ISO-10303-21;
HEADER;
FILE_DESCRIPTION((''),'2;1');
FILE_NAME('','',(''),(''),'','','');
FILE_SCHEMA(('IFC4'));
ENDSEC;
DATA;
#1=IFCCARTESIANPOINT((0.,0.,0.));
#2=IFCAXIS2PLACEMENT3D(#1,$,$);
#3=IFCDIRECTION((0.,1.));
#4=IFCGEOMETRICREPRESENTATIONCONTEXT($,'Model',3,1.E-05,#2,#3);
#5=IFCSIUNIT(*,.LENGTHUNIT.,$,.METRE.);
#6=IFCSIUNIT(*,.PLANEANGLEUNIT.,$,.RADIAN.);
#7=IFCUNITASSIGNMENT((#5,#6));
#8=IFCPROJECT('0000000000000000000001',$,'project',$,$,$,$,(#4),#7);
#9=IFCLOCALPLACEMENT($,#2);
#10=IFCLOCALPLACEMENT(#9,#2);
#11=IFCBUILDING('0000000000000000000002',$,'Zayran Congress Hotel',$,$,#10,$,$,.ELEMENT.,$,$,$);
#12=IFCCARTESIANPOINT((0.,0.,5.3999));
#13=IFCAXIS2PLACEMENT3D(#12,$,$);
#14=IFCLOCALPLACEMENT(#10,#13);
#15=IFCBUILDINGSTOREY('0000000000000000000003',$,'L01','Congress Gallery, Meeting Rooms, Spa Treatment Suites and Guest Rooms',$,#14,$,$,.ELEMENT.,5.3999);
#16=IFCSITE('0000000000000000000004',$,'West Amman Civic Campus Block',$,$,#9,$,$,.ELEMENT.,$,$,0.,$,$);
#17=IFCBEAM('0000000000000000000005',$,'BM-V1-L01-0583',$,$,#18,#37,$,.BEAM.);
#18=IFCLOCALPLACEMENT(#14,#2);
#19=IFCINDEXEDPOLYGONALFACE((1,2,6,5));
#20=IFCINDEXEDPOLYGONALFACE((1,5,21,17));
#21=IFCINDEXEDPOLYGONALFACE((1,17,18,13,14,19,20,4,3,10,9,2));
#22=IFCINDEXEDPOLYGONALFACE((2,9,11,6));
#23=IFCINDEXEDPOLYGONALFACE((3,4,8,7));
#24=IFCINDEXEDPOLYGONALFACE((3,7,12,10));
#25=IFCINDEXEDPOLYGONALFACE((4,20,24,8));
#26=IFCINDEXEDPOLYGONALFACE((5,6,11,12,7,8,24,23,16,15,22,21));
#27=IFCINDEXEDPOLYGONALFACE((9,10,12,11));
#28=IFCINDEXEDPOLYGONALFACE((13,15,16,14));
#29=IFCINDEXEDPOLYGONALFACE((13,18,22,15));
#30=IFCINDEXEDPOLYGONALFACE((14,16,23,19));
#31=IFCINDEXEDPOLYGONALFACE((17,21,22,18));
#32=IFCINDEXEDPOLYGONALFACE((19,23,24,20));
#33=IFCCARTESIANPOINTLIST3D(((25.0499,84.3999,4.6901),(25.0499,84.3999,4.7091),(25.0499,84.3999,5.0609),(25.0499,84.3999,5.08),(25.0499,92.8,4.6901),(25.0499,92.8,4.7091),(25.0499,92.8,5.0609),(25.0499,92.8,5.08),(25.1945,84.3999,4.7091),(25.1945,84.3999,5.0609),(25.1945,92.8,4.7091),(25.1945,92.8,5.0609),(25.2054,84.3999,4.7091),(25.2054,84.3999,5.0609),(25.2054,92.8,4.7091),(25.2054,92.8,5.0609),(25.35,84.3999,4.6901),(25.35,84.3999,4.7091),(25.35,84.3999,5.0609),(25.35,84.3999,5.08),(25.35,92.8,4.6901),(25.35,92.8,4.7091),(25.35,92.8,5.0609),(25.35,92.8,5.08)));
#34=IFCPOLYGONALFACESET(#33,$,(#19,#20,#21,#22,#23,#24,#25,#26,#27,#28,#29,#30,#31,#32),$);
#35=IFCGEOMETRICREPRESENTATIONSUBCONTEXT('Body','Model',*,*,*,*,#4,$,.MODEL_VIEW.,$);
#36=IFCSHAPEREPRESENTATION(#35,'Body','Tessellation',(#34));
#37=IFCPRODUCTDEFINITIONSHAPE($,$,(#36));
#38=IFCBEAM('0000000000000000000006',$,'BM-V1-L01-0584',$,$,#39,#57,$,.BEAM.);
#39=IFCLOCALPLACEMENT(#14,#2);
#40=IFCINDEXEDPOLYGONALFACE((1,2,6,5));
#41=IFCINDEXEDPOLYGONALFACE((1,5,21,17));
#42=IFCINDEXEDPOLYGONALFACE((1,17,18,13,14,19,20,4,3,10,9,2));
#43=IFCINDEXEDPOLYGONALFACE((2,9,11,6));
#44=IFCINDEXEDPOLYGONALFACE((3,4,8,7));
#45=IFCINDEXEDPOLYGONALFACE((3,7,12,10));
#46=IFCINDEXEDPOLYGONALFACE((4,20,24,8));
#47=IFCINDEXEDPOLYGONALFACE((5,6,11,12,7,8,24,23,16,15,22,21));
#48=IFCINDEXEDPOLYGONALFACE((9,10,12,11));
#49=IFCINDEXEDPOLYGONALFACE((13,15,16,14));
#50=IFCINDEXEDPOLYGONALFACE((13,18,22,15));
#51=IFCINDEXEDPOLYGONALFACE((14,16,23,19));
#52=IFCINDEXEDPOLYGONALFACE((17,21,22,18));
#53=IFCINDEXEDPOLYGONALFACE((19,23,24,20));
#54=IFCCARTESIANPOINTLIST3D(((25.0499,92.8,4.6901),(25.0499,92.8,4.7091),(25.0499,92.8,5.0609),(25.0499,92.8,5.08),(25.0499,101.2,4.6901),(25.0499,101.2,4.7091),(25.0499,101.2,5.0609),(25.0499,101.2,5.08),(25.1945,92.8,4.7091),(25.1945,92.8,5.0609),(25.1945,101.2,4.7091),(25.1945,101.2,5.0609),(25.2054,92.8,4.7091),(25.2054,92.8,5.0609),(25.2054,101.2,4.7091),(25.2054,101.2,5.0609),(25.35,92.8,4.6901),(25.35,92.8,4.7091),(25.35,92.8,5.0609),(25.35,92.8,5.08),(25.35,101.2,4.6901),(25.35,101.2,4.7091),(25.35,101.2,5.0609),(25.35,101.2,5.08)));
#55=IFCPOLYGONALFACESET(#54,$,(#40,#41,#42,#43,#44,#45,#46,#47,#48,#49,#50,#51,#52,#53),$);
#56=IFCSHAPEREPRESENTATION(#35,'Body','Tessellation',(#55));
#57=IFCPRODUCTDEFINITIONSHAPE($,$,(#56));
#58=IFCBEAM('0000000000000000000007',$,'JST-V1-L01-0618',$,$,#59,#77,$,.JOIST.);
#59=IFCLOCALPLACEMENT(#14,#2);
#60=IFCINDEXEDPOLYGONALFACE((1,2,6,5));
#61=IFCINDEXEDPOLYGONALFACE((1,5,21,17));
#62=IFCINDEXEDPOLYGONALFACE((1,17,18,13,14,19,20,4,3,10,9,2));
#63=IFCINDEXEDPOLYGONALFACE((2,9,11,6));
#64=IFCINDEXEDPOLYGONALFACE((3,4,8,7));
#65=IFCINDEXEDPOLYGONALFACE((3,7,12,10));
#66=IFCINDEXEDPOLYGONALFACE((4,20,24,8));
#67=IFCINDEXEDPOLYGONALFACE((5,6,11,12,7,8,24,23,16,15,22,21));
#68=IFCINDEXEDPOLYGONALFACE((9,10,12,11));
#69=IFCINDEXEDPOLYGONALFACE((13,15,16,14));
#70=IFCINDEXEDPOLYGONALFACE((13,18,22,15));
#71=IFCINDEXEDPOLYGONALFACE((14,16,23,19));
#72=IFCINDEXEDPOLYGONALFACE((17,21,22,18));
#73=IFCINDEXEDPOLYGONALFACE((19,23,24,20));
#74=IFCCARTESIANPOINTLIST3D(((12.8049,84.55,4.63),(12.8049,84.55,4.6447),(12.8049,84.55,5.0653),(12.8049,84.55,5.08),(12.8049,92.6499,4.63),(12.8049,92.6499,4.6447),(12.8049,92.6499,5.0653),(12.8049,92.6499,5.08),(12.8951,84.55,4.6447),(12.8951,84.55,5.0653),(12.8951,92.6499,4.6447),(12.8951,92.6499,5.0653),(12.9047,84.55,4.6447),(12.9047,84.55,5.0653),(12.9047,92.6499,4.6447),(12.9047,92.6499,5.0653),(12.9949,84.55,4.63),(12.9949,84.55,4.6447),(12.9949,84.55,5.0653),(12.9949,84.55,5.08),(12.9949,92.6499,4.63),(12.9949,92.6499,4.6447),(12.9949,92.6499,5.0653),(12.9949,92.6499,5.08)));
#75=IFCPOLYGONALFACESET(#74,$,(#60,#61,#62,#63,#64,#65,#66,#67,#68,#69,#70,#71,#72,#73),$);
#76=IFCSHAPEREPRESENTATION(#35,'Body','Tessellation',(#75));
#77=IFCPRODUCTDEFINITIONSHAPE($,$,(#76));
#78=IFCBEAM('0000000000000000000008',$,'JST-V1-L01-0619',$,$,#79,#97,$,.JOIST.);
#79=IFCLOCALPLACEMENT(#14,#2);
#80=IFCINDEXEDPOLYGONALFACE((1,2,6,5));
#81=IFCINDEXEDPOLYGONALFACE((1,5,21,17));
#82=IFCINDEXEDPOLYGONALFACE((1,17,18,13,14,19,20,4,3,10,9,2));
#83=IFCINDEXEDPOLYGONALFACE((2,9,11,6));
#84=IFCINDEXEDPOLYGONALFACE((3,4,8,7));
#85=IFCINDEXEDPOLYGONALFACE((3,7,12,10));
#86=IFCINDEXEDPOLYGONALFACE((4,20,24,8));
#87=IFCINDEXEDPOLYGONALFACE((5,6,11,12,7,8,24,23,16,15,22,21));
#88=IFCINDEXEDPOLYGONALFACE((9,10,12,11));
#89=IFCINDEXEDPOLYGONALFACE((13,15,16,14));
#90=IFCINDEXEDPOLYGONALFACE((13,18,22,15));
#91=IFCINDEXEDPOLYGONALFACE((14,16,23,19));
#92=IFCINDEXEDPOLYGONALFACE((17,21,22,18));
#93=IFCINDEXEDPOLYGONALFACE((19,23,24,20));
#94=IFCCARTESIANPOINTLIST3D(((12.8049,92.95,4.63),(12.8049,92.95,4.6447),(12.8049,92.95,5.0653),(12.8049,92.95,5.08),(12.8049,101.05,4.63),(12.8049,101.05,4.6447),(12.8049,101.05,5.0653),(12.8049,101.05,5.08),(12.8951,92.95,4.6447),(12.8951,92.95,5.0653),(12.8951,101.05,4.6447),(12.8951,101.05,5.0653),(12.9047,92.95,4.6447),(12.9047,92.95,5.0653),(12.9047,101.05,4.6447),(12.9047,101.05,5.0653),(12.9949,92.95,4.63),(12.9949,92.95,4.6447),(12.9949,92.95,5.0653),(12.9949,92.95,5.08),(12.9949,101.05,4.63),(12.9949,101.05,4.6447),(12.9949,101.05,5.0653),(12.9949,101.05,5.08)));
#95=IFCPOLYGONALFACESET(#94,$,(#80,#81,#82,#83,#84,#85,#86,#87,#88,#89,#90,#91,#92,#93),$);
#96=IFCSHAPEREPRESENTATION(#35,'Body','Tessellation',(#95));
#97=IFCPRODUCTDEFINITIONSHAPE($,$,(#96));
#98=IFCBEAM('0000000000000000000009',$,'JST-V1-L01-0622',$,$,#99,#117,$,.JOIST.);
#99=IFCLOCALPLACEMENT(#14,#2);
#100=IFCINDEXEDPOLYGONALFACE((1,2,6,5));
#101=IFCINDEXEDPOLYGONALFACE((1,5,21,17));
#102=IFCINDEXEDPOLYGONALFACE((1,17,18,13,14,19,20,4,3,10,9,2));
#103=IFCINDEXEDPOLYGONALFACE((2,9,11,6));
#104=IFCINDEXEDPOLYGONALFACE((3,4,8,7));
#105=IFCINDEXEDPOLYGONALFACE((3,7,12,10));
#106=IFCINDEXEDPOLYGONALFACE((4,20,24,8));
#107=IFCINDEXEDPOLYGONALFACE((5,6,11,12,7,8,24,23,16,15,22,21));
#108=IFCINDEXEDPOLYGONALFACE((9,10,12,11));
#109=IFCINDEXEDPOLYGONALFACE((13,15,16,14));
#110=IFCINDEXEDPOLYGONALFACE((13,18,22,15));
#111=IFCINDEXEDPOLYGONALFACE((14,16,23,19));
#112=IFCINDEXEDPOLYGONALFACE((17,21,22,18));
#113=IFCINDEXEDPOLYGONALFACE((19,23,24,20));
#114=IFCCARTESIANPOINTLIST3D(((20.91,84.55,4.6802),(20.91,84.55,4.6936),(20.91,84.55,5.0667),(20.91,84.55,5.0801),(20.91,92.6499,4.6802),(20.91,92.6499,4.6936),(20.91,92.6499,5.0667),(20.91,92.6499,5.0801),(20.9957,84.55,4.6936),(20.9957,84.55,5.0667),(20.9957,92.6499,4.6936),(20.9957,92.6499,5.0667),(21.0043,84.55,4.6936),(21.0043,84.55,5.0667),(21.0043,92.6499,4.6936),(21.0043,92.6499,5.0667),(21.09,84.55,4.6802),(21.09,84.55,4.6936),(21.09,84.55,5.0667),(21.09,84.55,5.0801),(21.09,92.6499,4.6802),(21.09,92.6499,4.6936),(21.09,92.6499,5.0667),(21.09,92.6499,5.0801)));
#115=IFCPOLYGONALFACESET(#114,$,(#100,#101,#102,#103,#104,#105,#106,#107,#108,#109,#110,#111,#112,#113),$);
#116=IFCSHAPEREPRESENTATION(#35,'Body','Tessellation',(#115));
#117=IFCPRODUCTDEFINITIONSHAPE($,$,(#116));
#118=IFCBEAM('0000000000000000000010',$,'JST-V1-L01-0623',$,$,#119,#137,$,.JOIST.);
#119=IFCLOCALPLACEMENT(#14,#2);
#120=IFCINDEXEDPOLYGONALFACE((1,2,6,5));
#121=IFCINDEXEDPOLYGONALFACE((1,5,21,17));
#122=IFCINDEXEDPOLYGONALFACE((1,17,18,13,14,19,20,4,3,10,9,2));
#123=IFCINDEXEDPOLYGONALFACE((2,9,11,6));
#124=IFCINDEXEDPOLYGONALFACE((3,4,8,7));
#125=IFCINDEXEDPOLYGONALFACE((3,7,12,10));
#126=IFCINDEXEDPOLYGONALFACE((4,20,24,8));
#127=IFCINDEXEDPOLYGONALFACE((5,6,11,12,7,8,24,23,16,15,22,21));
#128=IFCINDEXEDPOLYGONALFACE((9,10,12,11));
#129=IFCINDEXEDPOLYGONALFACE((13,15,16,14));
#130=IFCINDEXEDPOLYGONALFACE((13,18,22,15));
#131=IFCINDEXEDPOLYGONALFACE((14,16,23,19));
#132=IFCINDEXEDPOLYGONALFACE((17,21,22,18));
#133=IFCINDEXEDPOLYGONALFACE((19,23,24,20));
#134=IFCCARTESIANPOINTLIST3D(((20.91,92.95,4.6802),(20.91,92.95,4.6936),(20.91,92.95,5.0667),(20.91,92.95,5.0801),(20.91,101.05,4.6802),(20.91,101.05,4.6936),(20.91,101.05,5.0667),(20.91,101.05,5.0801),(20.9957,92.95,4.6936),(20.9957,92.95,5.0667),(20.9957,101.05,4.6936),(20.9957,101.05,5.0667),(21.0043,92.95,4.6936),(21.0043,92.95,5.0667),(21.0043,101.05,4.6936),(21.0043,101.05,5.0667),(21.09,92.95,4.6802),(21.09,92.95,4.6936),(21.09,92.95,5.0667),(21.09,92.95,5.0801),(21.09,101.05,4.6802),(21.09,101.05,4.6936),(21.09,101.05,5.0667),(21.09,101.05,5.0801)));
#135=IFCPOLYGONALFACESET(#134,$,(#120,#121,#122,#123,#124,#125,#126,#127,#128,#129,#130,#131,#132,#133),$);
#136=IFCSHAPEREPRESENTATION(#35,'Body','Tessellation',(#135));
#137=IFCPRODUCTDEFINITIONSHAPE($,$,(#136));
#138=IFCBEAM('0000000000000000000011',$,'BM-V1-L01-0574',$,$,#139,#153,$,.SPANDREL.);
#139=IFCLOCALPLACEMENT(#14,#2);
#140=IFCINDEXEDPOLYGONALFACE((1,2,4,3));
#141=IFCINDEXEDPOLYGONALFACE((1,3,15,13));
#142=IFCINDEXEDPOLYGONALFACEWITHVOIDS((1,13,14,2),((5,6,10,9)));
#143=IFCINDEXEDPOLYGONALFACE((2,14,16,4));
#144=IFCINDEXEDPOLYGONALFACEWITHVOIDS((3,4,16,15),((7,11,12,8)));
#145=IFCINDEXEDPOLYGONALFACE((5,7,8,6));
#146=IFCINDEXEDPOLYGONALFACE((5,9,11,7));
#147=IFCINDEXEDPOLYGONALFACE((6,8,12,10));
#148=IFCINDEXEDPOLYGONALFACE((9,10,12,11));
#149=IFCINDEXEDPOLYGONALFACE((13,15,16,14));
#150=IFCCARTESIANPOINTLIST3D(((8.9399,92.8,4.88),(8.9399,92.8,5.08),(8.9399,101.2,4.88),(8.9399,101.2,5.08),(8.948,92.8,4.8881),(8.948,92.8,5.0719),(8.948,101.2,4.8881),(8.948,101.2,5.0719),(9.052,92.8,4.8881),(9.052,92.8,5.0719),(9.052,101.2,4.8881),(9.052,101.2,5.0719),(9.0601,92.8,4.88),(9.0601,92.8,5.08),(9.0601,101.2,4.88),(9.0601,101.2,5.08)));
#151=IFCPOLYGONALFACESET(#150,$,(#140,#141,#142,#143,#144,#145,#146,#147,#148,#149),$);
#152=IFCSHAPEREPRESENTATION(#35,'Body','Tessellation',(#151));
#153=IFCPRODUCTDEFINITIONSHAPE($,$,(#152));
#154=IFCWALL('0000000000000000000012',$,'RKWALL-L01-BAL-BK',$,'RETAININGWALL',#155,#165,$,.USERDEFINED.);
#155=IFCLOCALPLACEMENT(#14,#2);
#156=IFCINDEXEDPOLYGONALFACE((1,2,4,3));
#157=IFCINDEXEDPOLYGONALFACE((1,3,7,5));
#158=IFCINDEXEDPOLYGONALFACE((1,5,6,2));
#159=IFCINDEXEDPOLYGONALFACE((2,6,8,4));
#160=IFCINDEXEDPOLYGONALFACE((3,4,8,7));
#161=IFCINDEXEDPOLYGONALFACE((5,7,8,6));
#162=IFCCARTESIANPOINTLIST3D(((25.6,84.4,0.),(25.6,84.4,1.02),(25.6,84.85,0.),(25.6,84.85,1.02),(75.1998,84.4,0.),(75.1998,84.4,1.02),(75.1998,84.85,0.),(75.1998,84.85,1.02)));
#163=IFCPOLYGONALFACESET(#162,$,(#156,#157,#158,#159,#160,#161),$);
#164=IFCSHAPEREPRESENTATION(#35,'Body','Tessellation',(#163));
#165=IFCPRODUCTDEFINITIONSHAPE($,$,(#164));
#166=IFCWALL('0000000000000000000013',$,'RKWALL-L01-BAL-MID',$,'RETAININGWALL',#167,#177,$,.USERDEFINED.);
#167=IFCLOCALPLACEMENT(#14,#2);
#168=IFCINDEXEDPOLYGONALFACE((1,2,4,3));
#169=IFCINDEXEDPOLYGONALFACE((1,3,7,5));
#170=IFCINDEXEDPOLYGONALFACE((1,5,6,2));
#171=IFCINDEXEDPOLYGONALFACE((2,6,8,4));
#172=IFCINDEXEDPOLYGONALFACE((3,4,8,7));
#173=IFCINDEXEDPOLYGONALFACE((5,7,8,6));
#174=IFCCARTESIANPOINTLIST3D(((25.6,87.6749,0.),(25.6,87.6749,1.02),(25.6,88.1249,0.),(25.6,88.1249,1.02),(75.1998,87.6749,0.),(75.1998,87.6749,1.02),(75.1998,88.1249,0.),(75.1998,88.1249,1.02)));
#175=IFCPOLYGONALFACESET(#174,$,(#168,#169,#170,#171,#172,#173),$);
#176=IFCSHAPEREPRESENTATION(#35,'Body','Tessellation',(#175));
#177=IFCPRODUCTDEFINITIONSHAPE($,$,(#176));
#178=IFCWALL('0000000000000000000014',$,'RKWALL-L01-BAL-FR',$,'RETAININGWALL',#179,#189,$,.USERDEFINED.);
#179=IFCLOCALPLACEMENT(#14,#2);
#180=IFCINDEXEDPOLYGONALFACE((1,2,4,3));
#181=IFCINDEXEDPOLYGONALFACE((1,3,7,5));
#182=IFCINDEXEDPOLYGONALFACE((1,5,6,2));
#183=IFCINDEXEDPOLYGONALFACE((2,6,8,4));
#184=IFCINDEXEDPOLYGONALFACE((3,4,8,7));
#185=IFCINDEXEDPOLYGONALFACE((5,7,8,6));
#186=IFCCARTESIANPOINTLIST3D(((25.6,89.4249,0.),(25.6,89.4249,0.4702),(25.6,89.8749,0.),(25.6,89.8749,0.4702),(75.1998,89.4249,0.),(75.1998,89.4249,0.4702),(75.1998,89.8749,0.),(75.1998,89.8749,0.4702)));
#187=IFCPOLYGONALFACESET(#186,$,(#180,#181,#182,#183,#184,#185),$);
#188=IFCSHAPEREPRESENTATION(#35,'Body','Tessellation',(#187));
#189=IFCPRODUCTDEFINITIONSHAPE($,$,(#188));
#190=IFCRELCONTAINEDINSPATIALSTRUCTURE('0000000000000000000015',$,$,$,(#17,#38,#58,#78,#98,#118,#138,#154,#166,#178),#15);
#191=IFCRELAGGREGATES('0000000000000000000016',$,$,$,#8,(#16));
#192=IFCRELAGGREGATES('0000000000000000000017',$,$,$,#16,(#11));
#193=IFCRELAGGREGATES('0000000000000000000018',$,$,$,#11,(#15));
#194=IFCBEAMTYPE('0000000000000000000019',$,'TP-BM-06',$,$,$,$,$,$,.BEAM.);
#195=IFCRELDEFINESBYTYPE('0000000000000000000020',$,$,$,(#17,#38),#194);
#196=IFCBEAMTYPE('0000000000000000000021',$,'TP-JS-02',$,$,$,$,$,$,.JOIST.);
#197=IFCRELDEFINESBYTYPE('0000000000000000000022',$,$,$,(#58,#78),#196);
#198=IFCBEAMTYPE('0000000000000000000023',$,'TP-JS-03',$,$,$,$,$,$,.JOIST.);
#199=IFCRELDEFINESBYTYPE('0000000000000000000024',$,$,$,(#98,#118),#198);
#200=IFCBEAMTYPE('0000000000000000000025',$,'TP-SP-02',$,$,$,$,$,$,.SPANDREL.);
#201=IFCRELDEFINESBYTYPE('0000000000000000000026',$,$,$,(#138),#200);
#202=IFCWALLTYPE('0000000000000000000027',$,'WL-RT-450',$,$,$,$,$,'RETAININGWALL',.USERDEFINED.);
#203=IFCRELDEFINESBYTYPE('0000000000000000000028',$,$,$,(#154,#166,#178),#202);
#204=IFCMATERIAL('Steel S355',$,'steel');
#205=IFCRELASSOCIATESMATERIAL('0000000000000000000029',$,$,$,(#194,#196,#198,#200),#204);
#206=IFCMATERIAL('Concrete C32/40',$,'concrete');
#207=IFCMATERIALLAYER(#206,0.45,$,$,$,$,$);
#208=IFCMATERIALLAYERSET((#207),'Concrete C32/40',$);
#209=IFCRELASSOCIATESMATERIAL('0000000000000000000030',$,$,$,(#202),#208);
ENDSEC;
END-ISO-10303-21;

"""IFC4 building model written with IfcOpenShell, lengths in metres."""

from ifc_helpers import new_model, si_unit, direction, frame, frame_2d, origin, origin_2d, place, context, subcontext, project, spatial, rectangle, hollow_rectangle, i_section, extrude, material, layer, layer_set, material_profile, profile_set, type_object, element, save


model = new_model("IFC4")

# Units and contexts
model_context = context("Model", 3, precision=1e-05, world=origin(), true_north=direction((0.0, 1.0)))
body_context = subcontext(model_context, "Body", "Model", "MODEL_VIEW")
ifc_project = project(units=[si_unit("LENGTHUNIT", "METRE"), si_unit("PLANEANGLEUNIT", "RADIAN")], contexts=[model_context])

# Site, building, storey
site_placement = place(None, origin())
site = spatial("IfcSite", under=ifc_project, at=site_placement, Name="West Amman Civic Campus Block", CompositionType="ELEMENT", RefElevation=0.0)
building_placement = place(site_placement, origin())
building = spatial("IfcBuilding", under=site, at=building_placement, Name="Zayran Congress Hotel", CompositionType="ELEMENT")
storey_placement = place(building_placement, frame((0.0, 0.0, 5.3999)))
storey = spatial("IfcBuildingStorey", under=building, at=storey_placement, Name="L01", Description="Congress Gallery, Meeting Rooms, Spa Treatment Suites and Guest Rooms", CompositionType="ELEMENT", Elevation=5.3999)

# Beams
ifc_material_1 = material(Name="Steel S355", Category="steel")
ifc_material_profile_1 = material_profile(ifc_material_1, i_section(OverallWidth=0.3, OverallDepth=0.3899, WebThickness=0.011, FlangeThickness=0.019, at=origin_2d()), Name="HEA 400")
ifc_profile_set_1 = profile_set([ifc_material_profile_1], Name="Steel S355")
beam_type_1 = type_object("IfcBeamType", Name="TP-BM-06", PredefinedType="BEAM", material=ifc_profile_set_1)
beam_1_placement = place(storey_placement, frame((25.2, 84.3999, 4.885), z_axis=(0.0, 1.0, 0.0), x_axis=(-1.0, 0.0, 0.0)))
element("IfcBeam", 1, at=beam_1_placement, inside=storey, type_object=beam_type_1, Name="BM-V1-L01-0583", PredefinedType="BEAM", context=body_context, shape_type="SweptSolid", body=[
    extrude(i_section(OverallWidth=0.3, OverallDepth=0.3899, WebThickness=0.011, FlangeThickness=0.019, at=origin_2d()), origin(), (0.0, 0.0, 1.0), 8.4001),
])
beam_2_placement = place(storey_placement, frame((25.2, 92.8, 4.885), z_axis=(0.0, 1.0, 0.0), x_axis=(-1.0, 0.0, 0.0)))
element("IfcBeam", 2, at=beam_2_placement, inside=storey, type_object=beam_type_1, Name="BM-V1-L01-0584", PredefinedType="BEAM", context=body_context, shape_type="SweptSolid", body=[
    extrude(i_section(OverallWidth=0.3, OverallDepth=0.3899, WebThickness=0.011, FlangeThickness=0.019, at=origin_2d()), origin(), (0.0, 0.0, 1.0), 8.3999),
])
ifc_material_profile_2 = material_profile(ifc_material_1, i_section(OverallWidth=0.1899, OverallDepth=0.45, WebThickness=0.0095, FlangeThickness=0.0146, at=origin_2d()), Name="IPE 450")
ifc_profile_set_2 = profile_set([ifc_material_profile_2], Name="Steel S355")
beam_type_2 = type_object("IfcBeamType", Name="TP-JS-02", PredefinedType="JOIST", material=ifc_profile_set_2)
beam_3_placement = place(storey_placement, frame((12.8999, 84.55, 4.855), z_axis=(0.0, 1.0, 0.0), x_axis=(-1.0, 0.0, 0.0)))
element("IfcBeam", 3, at=beam_3_placement, inside=storey, type_object=beam_type_2, Name="JST-V1-L01-0618", PredefinedType="JOIST", context=body_context, shape_type="SweptSolid", body=[
    extrude(i_section(OverallWidth=0.1899, OverallDepth=0.45, WebThickness=0.0095, FlangeThickness=0.0146, at=origin_2d()), origin(), (0.0, 0.0, 1.0), 8.0999),
])
beam_4_placement = place(storey_placement, frame((12.8999, 92.95, 4.855), z_axis=(0.0, 1.0, 0.0), x_axis=(-1.0, 0.0, 0.0)))
element("IfcBeam", 4, at=beam_4_placement, inside=storey, type_object=beam_type_2, Name="JST-V1-L01-0619", PredefinedType="JOIST", context=body_context, shape_type="SweptSolid", body=[
    extrude(i_section(OverallWidth=0.1899, OverallDepth=0.45, WebThickness=0.0095, FlangeThickness=0.0146, at=origin_2d()), origin(), (0.0, 0.0, 1.0), 8.1001),
])
ifc_material_profile_3 = material_profile(ifc_material_1, i_section(OverallWidth=0.1799, OverallDepth=0.3999, WebThickness=0.0085, FlangeThickness=0.0134, at=origin_2d()), Name="IPE 400")
ifc_profile_set_3 = profile_set([ifc_material_profile_3], Name="Steel S355")
beam_type_3 = type_object("IfcBeamType", Name="TP-JS-03", PredefinedType="JOIST", material=ifc_profile_set_3)
beam_5_placement = place(storey_placement, frame((21.0, 84.55, 4.8801), z_axis=(0.0, 1.0, 0.0), x_axis=(-1.0, 0.0, 0.0)))
element("IfcBeam", 5, at=beam_5_placement, inside=storey, type_object=beam_type_3, Name="JST-V1-L01-0622", PredefinedType="JOIST", context=body_context, shape_type="SweptSolid", body=[
    extrude(i_section(OverallWidth=0.1799, OverallDepth=0.3999, WebThickness=0.0085, FlangeThickness=0.0134, at=origin_2d()), origin(), (0.0, 0.0, 1.0), 8.0999),
])
beam_6_placement = place(storey_placement, frame((21.0, 92.95, 4.8801), z_axis=(0.0, 1.0, 0.0), x_axis=(-1.0, 0.0, 0.0)))
element("IfcBeam", 6, at=beam_6_placement, inside=storey, type_object=beam_type_3, Name="JST-V1-L01-0623", PredefinedType="JOIST", context=body_context, shape_type="SweptSolid", body=[
    extrude(i_section(OverallWidth=0.1799, OverallDepth=0.3999, WebThickness=0.0085, FlangeThickness=0.0134, at=origin_2d()), origin(), (0.0, 0.0, 1.0), 8.1001),
])
ifc_material_profile_4 = material_profile(ifc_material_1, hollow_rectangle(XDim=0.1201, YDim=0.2, WallThickness=0.0081, at=origin_2d()), Name="RHS 200x120x8")
ifc_profile_set_4 = profile_set([ifc_material_profile_4], Name="Steel S355")
beam_type_4 = type_object("IfcBeamType", Name="TP-SP-02", PredefinedType="SPANDREL", material=ifc_profile_set_4)
beam_7_placement = place(storey_placement, frame((9.0, 92.8, 4.98), z_axis=(0.0, 1.0, 0.0), x_axis=(-1.0, 0.0, 0.0)))
element("IfcBeam", 7, at=beam_7_placement, inside=storey, type_object=beam_type_4, Name="BM-V1-L01-0574", PredefinedType="SPANDREL", context=body_context, shape_type="SweptSolid", body=[
    extrude(hollow_rectangle(XDim=0.1201, YDim=0.2, WallThickness=0.0081, at=origin_2d()), origin(), (0.0, 0.0, 1.0), 8.3999),
])

# Walls
ifc_material_2 = material(Name="Concrete C32/40", Category="concrete")
ifc_layer_1 = layer(ifc_material_2, 0.45)
ifc_layer_set_1 = layer_set([ifc_layer_1], Name="Concrete C32/40")
wall_type_1 = type_object("IfcWallType", Name="WL-RT-450", ElementType="RETAININGWALL", PredefinedType="USERDEFINED", material=ifc_layer_set_1)
for number, where, z_axis, x_axis, name in (
    (8, (25.6001, 84.625, 0.0), (0.0, 0.0, 1.0), (1.0, 0.0, 0.0), "RKWALL-L01-BAL-BK"),
    (9, (25.6001, 87.8999, 0.0), (0.0, 0.0, 1.0), (1.0, 0.0, 0.0), "RKWALL-L01-BAL-MID"),
):
    element("IfcWall", number, at=place(storey_placement, frame(where, z_axis=z_axis, x_axis=x_axis)), inside=storey, type_object=wall_type_1, Name=name, ObjectType="RETAININGWALL", PredefinedType="USERDEFINED", context=body_context, shape_type="SweptSolid", body=[
        extrude(rectangle(XDim=49.5999, YDim=0.45, at=frame_2d((24.7998, 0.0))), origin(), (0.0, 0.0, 1.0), 1.02),
    ])
wall_1_placement = place(storey_placement, frame((25.6001, 89.6499, 0.0), z_axis=(0.0, 0.0, 1.0), x_axis=(1.0, 0.0, 0.0)))
element("IfcWall", 10, at=wall_1_placement, inside=storey, type_object=wall_type_1, Name="RKWALL-L01-BAL-FR", ObjectType="RETAININGWALL", PredefinedType="USERDEFINED", context=body_context, shape_type="SweptSolid", body=[
    extrude(rectangle(XDim=49.5999, YDim=0.45, at=frame_2d((24.7998, 0.0))), origin(), (0.0, 0.0, 1.0), 0.4702),
])

save(model, "model.ifc")
